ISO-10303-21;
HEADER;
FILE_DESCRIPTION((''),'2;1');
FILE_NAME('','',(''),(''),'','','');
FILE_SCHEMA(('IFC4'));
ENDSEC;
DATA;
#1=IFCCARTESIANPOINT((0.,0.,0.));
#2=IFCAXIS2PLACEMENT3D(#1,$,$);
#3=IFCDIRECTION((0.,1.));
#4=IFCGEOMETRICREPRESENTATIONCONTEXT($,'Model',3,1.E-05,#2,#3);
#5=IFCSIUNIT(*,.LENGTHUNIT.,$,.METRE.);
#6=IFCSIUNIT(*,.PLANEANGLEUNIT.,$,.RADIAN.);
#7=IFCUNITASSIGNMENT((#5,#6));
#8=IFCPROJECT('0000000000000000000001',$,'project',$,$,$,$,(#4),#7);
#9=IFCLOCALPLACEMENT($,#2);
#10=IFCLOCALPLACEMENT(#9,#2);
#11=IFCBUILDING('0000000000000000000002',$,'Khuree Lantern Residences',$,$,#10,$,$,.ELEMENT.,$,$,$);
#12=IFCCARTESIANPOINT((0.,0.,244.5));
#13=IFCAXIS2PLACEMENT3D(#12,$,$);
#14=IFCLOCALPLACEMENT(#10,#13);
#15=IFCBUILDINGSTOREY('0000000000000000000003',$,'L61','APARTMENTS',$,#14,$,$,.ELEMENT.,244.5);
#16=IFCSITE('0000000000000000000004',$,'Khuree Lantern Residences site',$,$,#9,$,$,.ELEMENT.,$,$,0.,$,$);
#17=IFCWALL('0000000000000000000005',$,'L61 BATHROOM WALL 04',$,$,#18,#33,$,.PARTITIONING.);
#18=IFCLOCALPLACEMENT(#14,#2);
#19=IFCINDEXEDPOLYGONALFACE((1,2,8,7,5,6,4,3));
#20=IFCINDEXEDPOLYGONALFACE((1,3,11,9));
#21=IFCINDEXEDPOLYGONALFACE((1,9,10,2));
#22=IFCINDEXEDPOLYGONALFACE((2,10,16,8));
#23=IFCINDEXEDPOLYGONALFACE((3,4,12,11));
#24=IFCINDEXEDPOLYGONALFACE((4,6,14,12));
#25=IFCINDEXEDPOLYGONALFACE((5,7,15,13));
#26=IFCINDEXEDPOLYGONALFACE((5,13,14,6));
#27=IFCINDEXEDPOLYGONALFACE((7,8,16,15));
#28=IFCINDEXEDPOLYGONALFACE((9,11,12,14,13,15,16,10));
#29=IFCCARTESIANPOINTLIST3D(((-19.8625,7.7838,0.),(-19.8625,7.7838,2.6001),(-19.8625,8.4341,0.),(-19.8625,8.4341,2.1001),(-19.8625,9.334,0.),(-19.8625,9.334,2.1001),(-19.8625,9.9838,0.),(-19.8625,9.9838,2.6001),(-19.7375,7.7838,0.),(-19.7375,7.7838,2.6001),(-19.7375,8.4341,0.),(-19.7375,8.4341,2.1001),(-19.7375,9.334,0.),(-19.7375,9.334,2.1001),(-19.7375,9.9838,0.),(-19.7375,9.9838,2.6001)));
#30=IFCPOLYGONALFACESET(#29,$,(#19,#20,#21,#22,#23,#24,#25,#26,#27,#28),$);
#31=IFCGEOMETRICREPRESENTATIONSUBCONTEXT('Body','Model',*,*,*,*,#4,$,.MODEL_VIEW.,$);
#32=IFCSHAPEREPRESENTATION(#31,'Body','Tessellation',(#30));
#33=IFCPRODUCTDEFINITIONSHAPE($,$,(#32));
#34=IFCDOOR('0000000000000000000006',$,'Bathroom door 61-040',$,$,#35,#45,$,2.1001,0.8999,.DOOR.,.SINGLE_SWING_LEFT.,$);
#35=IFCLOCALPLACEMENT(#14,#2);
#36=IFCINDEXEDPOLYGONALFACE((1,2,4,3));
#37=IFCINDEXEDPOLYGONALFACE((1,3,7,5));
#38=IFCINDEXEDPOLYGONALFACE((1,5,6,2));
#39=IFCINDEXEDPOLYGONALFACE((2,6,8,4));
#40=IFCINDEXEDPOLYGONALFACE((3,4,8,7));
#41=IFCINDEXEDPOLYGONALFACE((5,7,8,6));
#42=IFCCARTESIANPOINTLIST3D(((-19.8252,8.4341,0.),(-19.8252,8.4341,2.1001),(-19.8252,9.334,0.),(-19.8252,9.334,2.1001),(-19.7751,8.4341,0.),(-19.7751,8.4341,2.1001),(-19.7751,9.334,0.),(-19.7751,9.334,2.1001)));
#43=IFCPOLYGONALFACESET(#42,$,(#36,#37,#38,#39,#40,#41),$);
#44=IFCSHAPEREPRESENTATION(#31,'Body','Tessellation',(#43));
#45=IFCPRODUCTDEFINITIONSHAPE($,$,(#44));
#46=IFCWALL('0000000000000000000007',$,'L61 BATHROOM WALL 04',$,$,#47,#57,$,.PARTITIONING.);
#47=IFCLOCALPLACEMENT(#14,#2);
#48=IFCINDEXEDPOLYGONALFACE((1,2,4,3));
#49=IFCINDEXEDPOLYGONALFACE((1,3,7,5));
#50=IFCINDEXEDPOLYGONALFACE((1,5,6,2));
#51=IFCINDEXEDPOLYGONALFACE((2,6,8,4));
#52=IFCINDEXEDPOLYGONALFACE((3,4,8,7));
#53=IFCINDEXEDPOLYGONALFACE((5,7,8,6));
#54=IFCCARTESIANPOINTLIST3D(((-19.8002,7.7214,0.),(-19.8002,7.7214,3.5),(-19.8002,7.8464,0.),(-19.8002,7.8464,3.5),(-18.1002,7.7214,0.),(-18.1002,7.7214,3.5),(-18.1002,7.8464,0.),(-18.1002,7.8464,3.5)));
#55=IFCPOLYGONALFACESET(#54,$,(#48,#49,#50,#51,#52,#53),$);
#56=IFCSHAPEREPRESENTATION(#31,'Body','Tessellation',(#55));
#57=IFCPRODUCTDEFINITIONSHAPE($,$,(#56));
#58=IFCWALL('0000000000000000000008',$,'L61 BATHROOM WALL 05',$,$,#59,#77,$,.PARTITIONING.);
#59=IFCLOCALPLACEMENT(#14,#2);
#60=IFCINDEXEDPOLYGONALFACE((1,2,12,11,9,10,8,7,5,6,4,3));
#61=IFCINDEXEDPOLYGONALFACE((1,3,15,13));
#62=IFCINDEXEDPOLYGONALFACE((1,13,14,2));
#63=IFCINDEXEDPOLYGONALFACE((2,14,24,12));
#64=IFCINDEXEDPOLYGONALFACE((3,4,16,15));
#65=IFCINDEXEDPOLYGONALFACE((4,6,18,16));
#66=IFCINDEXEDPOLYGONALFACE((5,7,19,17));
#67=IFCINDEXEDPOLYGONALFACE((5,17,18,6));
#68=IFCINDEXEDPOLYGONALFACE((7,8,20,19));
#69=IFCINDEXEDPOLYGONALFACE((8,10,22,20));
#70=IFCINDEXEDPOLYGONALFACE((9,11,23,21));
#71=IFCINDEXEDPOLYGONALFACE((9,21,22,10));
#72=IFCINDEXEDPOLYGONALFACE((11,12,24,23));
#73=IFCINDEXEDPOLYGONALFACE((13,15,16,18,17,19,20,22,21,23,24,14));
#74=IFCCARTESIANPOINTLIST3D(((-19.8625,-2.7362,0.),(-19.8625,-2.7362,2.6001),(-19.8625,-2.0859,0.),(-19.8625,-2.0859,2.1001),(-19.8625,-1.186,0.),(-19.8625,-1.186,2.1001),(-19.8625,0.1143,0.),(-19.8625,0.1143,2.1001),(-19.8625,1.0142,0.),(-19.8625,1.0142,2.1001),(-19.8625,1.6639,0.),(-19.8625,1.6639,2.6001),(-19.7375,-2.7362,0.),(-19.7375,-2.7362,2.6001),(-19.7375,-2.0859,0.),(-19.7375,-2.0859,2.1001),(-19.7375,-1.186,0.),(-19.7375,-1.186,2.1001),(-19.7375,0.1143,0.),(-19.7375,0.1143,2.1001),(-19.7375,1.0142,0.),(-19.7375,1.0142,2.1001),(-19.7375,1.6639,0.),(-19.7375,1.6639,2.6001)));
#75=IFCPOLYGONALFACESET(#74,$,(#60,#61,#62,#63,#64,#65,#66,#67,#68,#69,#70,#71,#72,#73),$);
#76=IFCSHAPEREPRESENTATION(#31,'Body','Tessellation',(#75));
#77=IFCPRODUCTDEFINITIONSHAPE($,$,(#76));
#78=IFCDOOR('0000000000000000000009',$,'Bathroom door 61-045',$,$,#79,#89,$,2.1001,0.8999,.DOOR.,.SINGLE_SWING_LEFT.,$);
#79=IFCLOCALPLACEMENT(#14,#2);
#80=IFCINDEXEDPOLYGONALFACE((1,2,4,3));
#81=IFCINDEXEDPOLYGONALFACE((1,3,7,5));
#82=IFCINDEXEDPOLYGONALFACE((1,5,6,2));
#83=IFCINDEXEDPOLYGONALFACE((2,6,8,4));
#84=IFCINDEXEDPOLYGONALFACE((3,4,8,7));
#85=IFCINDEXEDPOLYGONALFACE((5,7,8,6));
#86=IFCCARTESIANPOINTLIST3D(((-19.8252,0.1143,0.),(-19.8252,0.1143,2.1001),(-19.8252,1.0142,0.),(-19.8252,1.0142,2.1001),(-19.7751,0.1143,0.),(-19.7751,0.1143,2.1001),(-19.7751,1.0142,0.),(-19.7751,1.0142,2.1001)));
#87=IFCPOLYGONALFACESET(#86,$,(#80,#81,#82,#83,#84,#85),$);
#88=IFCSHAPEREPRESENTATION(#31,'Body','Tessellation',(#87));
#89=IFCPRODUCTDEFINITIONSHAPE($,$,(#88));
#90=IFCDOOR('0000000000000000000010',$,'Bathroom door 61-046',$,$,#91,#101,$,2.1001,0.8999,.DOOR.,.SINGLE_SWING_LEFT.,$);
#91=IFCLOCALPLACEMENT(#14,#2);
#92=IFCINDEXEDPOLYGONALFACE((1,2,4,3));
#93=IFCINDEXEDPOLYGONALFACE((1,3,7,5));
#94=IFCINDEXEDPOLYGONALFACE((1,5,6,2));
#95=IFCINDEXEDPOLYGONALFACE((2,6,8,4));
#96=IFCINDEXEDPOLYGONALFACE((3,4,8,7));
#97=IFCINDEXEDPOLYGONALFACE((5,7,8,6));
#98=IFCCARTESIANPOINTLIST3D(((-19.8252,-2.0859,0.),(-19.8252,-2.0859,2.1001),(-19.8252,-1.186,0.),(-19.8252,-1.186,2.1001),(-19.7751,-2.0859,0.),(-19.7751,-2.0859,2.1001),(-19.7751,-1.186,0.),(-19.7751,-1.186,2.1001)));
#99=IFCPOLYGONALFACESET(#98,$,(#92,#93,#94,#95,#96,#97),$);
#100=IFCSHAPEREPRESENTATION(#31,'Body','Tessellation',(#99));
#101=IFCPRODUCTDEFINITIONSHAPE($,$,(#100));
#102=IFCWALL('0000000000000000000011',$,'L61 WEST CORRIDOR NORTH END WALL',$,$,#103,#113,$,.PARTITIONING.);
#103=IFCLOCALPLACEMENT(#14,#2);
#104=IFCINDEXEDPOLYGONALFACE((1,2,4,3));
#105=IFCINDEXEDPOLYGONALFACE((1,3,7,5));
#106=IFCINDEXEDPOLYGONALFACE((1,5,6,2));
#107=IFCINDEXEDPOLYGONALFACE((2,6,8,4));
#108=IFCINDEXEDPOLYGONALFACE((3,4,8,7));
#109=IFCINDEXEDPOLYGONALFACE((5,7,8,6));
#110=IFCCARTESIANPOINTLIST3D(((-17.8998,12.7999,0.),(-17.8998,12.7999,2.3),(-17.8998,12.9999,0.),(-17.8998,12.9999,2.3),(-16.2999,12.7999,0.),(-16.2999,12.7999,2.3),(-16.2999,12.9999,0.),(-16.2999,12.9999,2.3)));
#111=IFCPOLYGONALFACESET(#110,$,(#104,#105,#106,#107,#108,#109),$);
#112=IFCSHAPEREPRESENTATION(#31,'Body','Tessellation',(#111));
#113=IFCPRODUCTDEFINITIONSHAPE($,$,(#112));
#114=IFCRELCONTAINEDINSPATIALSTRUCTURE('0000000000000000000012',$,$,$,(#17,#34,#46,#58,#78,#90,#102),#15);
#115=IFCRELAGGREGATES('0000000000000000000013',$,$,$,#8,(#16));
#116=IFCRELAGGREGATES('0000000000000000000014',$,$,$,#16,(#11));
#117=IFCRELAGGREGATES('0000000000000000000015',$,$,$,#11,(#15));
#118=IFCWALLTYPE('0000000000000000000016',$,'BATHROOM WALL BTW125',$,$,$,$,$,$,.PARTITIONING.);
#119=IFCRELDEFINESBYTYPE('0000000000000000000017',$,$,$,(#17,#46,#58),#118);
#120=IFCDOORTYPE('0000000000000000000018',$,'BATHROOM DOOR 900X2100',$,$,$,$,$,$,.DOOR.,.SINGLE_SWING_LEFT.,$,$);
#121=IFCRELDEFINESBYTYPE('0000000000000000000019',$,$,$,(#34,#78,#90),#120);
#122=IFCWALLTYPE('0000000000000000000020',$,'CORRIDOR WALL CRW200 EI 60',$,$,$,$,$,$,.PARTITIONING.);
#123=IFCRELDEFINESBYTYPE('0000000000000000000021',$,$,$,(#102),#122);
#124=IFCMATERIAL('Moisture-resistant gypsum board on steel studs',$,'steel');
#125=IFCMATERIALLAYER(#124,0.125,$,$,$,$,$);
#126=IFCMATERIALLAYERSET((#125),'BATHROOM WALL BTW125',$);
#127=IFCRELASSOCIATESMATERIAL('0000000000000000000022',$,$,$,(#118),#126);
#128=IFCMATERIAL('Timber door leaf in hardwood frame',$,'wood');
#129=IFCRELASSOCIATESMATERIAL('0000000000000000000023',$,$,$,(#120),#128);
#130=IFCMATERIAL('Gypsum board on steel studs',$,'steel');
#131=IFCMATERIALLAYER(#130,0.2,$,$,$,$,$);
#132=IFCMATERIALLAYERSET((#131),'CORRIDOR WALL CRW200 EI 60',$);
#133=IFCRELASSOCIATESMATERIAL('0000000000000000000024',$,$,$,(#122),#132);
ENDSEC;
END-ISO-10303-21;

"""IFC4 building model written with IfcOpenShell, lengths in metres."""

from ifc_helpers import new_model, si_unit, direction, frame, frame_2d, origin, place, context, subcontext, project, spatial, rectangle, extrude, material, layer, layer_set, type_object, element, fill, save


model = new_model("IFC4")

# Units and contexts
model_context = context("Model", 3, precision=1e-05, world=origin(), true_north=direction((0.0, 1.0)))
body_context = subcontext(model_context, "Body", "Model", "MODEL_VIEW")
ifc_project = project(units=[si_unit("LENGTHUNIT", "METRE"), si_unit("PLANEANGLEUNIT", "RADIAN")], contexts=[model_context])

# Site, building, storey
site_placement = place(None, origin())
site = spatial("IfcSite", under=ifc_project, at=site_placement, Name="Khuree Lantern Residences site", CompositionType="ELEMENT", RefElevation=0.0)
building_placement = place(site_placement, origin())
building = spatial("IfcBuilding", under=site, at=building_placement, Name="Khuree Lantern Residences", CompositionType="ELEMENT")
storey_placement = place(building_placement, frame((0.0, 0.0, 244.5)))
storey = spatial("IfcBuildingStorey", under=building, at=storey_placement, Name="L61", Description="APARTMENTS", CompositionType="ELEMENT", Elevation=244.5)

# Wall, opening, door
ifc_material_1 = material(Name="Moisture-resistant gypsum board on steel studs", Category="steel")
ifc_layer_1 = layer(ifc_material_1, 0.125)
ifc_layer_set_1 = layer_set([ifc_layer_1], Name="BATHROOM WALL BTW125")
wall_type_1 = type_object("IfcWallType", Name="BATHROOM WALL BTW125", PredefinedType="PARTITIONING", material=ifc_layer_set_1)
wall_1_placement = place(storey_placement, frame((-19.8, 9.9839, 0.0), z_axis=(0.0, 0.0, 1.0), x_axis=(0.0, -1.0, 0.0)))
wall_1 = element("IfcWall", 1, at=wall_1_placement, inside=storey, type_object=wall_type_1, Name="L61 BATHROOM WALL 04", PredefinedType="PARTITIONING", context=body_context, shape_type="SweptSolid", body=[
    extrude(rectangle(XDim=2.2, YDim=0.125, at=frame_2d((1.1001, 0.0))), origin(), (0.0, 0.0, 1.0), 2.6001),
])
opening_1_placement = place(wall_1_placement, frame((0.6499, 0.0, 0.0)))
opening_1 = element("IfcOpeningElement", 2, at=opening_1_placement, cuts=wall_1, PredefinedType="OPENING", context=body_context, shape_type="SweptSolid", body=[
    extrude(rectangle(XDim=0.8999, YDim=2.1001, at=frame_2d((0.45, 1.05))), frame((0.0, 0.0725, 0.0), z_axis=(0.0, -1.0, 0.0), x_axis=(1.0, 0.0, 0.0)), (0.0, 0.0, 1.0), 0.145),
])
ifc_material_2 = material(Name="Timber door leaf in hardwood frame", Category="wood")
door_type_1 = type_object("IfcDoorType", Name="BATHROOM DOOR 900X2100", OperationType="SINGLE_SWING_LEFT", PredefinedType="DOOR", material=ifc_material_2)
door_1_placement = place(opening_1_placement, origin())
door_1 = element("IfcDoor", 3, at=door_1_placement, inside=storey, type_object=door_type_1, Name="Bathroom door 61-040", OperationType="SINGLE_SWING_LEFT", OverallHeight=2.1001, OverallWidth=0.8999, PredefinedType="DOOR", context=body_context, shape_type="SweptSolid", body=[
    extrude(rectangle(XDim=0.8999, YDim=2.1001, at=frame_2d((0.45, 1.05))), frame((0.0, 0.0249, 0.0), z_axis=(0.0, -1.0, 0.0), x_axis=(1.0, 0.0, 0.0)), (0.0, 0.0, 1.0), 0.05),
])
fill(opening_1, door_1)

# Wall
wall_2_placement = place(storey_placement, frame((-18.1001, 7.7839, 0.0), z_axis=(0.0, 0.0, 1.0), x_axis=(-1.0, 0.0, 0.0)))
element("IfcWall", 4, at=wall_2_placement, inside=storey, type_object=wall_type_1, Name="L61 BATHROOM WALL 04", PredefinedType="PARTITIONING", context=body_context, shape_type="SweptSolid", body=[
    extrude(rectangle(XDim=1.7, YDim=0.125, at=frame_2d((0.8501, 0.0))), origin(), (0.0, 0.0, 1.0), 3.5),
])

# Wall, openings, doors
wall_3_placement = place(storey_placement, frame((-19.8, 1.6641, 0.0), z_axis=(0.0, 0.0, 1.0), x_axis=(0.0, -1.0, 0.0)))
wall_3 = element("IfcWall", 5, at=wall_3_placement, inside=storey, type_object=wall_type_1, Name="L61 BATHROOM WALL 05", PredefinedType="PARTITIONING", context=body_context, shape_type="SweptSolid", body=[
    extrude(rectangle(XDim=4.4001, YDim=0.125, at=frame_2d((2.2002, 0.0))), origin(), (0.0, 0.0, 1.0), 2.6001),
])
opening_2_placement = place(wall_3_placement, frame((0.6499, 0.0, 0.0)))
opening_2 = element("IfcOpeningElement", 6, at=opening_2_placement, cuts=wall_3, PredefinedType="OPENING", context=body_context, shape_type="SweptSolid", body=[
    extrude(rectangle(XDim=0.8999, YDim=2.1001, at=frame_2d((0.45, 1.05))), frame((0.0, 0.0725, 0.0), z_axis=(0.0, -1.0, 0.0), x_axis=(1.0, 0.0, 0.0)), (0.0, 0.0, 1.0), 0.145),
])
opening_3_placement = place(wall_3_placement, frame((2.8501, 0.0, 0.0)))
opening_3 = element("IfcOpeningElement", 7, at=opening_3_placement, cuts=wall_3, PredefinedType="OPENING", context=body_context, shape_type="SweptSolid", body=[
    extrude(rectangle(XDim=0.8999, YDim=2.1001, at=frame_2d((0.45, 1.05))), frame((0.0, 0.0725, 0.0), z_axis=(0.0, -1.0, 0.0), x_axis=(1.0, 0.0, 0.0)), (0.0, 0.0, 1.0), 0.145),
])
door_2_placement = place(opening_2_placement, origin())
door_2 = element("IfcDoor", 8, at=door_2_placement, inside=storey, type_object=door_type_1, Name="Bathroom door 61-045", OperationType="SINGLE_SWING_LEFT", OverallHeight=2.1001, OverallWidth=0.8999, PredefinedType="DOOR", context=body_context, shape_type="SweptSolid", body=[
    extrude(rectangle(XDim=0.8999, YDim=2.1001, at=frame_2d((0.45, 1.05))), frame((0.0, 0.0249, 0.0), z_axis=(0.0, -1.0, 0.0), x_axis=(1.0, 0.0, 0.0)), (0.0, 0.0, 1.0), 0.05),
])
fill(opening_2, door_2)
door_3_placement = place(opening_3_placement, origin())
door_3 = element("IfcDoor", 9, at=door_3_placement, inside=storey, type_object=door_type_1, Name="Bathroom door 61-046", OperationType="SINGLE_SWING_LEFT", OverallHeight=2.1001, OverallWidth=0.8999, PredefinedType="DOOR", context=body_context, shape_type="SweptSolid", body=[
    extrude(rectangle(XDim=0.8999, YDim=2.1001, at=frame_2d((0.45, 1.05))), frame((0.0, 0.0249, 0.0), z_axis=(0.0, -1.0, 0.0), x_axis=(1.0, 0.0, 0.0)), (0.0, 0.0, 1.0), 0.05),
])
fill(opening_3, door_3)

# Wall
ifc_material_3 = material(Name="Gypsum board on steel studs", Category="steel")
ifc_layer_2 = layer(ifc_material_3, 0.2)
ifc_layer_set_2 = layer_set([ifc_layer_2], Name="CORRIDOR WALL CRW200 EI 60")
wall_type_2 = type_object("IfcWallType", Name="CORRIDOR WALL CRW200 EI 60", PredefinedType="PARTITIONING", material=ifc_layer_set_2)
wall_4_placement = place(storey_placement, frame((-16.3, 12.8999, 0.0), z_axis=(0.0, 0.0, 1.0), x_axis=(-1.0, 0.0, 0.0)))
element("IfcWall", 10, at=wall_4_placement, inside=storey, type_object=wall_type_2, Name="L61 WEST CORRIDOR NORTH END WALL", PredefinedType="PARTITIONING", context=body_context, shape_type="SweptSolid", body=[
    extrude(rectangle(XDim=1.5999, YDim=0.2, at=frame_2d((0.7998, 0.0))), origin(), (0.0, 0.0, 1.0), 2.3),
])

save(model, "model.ifc")
